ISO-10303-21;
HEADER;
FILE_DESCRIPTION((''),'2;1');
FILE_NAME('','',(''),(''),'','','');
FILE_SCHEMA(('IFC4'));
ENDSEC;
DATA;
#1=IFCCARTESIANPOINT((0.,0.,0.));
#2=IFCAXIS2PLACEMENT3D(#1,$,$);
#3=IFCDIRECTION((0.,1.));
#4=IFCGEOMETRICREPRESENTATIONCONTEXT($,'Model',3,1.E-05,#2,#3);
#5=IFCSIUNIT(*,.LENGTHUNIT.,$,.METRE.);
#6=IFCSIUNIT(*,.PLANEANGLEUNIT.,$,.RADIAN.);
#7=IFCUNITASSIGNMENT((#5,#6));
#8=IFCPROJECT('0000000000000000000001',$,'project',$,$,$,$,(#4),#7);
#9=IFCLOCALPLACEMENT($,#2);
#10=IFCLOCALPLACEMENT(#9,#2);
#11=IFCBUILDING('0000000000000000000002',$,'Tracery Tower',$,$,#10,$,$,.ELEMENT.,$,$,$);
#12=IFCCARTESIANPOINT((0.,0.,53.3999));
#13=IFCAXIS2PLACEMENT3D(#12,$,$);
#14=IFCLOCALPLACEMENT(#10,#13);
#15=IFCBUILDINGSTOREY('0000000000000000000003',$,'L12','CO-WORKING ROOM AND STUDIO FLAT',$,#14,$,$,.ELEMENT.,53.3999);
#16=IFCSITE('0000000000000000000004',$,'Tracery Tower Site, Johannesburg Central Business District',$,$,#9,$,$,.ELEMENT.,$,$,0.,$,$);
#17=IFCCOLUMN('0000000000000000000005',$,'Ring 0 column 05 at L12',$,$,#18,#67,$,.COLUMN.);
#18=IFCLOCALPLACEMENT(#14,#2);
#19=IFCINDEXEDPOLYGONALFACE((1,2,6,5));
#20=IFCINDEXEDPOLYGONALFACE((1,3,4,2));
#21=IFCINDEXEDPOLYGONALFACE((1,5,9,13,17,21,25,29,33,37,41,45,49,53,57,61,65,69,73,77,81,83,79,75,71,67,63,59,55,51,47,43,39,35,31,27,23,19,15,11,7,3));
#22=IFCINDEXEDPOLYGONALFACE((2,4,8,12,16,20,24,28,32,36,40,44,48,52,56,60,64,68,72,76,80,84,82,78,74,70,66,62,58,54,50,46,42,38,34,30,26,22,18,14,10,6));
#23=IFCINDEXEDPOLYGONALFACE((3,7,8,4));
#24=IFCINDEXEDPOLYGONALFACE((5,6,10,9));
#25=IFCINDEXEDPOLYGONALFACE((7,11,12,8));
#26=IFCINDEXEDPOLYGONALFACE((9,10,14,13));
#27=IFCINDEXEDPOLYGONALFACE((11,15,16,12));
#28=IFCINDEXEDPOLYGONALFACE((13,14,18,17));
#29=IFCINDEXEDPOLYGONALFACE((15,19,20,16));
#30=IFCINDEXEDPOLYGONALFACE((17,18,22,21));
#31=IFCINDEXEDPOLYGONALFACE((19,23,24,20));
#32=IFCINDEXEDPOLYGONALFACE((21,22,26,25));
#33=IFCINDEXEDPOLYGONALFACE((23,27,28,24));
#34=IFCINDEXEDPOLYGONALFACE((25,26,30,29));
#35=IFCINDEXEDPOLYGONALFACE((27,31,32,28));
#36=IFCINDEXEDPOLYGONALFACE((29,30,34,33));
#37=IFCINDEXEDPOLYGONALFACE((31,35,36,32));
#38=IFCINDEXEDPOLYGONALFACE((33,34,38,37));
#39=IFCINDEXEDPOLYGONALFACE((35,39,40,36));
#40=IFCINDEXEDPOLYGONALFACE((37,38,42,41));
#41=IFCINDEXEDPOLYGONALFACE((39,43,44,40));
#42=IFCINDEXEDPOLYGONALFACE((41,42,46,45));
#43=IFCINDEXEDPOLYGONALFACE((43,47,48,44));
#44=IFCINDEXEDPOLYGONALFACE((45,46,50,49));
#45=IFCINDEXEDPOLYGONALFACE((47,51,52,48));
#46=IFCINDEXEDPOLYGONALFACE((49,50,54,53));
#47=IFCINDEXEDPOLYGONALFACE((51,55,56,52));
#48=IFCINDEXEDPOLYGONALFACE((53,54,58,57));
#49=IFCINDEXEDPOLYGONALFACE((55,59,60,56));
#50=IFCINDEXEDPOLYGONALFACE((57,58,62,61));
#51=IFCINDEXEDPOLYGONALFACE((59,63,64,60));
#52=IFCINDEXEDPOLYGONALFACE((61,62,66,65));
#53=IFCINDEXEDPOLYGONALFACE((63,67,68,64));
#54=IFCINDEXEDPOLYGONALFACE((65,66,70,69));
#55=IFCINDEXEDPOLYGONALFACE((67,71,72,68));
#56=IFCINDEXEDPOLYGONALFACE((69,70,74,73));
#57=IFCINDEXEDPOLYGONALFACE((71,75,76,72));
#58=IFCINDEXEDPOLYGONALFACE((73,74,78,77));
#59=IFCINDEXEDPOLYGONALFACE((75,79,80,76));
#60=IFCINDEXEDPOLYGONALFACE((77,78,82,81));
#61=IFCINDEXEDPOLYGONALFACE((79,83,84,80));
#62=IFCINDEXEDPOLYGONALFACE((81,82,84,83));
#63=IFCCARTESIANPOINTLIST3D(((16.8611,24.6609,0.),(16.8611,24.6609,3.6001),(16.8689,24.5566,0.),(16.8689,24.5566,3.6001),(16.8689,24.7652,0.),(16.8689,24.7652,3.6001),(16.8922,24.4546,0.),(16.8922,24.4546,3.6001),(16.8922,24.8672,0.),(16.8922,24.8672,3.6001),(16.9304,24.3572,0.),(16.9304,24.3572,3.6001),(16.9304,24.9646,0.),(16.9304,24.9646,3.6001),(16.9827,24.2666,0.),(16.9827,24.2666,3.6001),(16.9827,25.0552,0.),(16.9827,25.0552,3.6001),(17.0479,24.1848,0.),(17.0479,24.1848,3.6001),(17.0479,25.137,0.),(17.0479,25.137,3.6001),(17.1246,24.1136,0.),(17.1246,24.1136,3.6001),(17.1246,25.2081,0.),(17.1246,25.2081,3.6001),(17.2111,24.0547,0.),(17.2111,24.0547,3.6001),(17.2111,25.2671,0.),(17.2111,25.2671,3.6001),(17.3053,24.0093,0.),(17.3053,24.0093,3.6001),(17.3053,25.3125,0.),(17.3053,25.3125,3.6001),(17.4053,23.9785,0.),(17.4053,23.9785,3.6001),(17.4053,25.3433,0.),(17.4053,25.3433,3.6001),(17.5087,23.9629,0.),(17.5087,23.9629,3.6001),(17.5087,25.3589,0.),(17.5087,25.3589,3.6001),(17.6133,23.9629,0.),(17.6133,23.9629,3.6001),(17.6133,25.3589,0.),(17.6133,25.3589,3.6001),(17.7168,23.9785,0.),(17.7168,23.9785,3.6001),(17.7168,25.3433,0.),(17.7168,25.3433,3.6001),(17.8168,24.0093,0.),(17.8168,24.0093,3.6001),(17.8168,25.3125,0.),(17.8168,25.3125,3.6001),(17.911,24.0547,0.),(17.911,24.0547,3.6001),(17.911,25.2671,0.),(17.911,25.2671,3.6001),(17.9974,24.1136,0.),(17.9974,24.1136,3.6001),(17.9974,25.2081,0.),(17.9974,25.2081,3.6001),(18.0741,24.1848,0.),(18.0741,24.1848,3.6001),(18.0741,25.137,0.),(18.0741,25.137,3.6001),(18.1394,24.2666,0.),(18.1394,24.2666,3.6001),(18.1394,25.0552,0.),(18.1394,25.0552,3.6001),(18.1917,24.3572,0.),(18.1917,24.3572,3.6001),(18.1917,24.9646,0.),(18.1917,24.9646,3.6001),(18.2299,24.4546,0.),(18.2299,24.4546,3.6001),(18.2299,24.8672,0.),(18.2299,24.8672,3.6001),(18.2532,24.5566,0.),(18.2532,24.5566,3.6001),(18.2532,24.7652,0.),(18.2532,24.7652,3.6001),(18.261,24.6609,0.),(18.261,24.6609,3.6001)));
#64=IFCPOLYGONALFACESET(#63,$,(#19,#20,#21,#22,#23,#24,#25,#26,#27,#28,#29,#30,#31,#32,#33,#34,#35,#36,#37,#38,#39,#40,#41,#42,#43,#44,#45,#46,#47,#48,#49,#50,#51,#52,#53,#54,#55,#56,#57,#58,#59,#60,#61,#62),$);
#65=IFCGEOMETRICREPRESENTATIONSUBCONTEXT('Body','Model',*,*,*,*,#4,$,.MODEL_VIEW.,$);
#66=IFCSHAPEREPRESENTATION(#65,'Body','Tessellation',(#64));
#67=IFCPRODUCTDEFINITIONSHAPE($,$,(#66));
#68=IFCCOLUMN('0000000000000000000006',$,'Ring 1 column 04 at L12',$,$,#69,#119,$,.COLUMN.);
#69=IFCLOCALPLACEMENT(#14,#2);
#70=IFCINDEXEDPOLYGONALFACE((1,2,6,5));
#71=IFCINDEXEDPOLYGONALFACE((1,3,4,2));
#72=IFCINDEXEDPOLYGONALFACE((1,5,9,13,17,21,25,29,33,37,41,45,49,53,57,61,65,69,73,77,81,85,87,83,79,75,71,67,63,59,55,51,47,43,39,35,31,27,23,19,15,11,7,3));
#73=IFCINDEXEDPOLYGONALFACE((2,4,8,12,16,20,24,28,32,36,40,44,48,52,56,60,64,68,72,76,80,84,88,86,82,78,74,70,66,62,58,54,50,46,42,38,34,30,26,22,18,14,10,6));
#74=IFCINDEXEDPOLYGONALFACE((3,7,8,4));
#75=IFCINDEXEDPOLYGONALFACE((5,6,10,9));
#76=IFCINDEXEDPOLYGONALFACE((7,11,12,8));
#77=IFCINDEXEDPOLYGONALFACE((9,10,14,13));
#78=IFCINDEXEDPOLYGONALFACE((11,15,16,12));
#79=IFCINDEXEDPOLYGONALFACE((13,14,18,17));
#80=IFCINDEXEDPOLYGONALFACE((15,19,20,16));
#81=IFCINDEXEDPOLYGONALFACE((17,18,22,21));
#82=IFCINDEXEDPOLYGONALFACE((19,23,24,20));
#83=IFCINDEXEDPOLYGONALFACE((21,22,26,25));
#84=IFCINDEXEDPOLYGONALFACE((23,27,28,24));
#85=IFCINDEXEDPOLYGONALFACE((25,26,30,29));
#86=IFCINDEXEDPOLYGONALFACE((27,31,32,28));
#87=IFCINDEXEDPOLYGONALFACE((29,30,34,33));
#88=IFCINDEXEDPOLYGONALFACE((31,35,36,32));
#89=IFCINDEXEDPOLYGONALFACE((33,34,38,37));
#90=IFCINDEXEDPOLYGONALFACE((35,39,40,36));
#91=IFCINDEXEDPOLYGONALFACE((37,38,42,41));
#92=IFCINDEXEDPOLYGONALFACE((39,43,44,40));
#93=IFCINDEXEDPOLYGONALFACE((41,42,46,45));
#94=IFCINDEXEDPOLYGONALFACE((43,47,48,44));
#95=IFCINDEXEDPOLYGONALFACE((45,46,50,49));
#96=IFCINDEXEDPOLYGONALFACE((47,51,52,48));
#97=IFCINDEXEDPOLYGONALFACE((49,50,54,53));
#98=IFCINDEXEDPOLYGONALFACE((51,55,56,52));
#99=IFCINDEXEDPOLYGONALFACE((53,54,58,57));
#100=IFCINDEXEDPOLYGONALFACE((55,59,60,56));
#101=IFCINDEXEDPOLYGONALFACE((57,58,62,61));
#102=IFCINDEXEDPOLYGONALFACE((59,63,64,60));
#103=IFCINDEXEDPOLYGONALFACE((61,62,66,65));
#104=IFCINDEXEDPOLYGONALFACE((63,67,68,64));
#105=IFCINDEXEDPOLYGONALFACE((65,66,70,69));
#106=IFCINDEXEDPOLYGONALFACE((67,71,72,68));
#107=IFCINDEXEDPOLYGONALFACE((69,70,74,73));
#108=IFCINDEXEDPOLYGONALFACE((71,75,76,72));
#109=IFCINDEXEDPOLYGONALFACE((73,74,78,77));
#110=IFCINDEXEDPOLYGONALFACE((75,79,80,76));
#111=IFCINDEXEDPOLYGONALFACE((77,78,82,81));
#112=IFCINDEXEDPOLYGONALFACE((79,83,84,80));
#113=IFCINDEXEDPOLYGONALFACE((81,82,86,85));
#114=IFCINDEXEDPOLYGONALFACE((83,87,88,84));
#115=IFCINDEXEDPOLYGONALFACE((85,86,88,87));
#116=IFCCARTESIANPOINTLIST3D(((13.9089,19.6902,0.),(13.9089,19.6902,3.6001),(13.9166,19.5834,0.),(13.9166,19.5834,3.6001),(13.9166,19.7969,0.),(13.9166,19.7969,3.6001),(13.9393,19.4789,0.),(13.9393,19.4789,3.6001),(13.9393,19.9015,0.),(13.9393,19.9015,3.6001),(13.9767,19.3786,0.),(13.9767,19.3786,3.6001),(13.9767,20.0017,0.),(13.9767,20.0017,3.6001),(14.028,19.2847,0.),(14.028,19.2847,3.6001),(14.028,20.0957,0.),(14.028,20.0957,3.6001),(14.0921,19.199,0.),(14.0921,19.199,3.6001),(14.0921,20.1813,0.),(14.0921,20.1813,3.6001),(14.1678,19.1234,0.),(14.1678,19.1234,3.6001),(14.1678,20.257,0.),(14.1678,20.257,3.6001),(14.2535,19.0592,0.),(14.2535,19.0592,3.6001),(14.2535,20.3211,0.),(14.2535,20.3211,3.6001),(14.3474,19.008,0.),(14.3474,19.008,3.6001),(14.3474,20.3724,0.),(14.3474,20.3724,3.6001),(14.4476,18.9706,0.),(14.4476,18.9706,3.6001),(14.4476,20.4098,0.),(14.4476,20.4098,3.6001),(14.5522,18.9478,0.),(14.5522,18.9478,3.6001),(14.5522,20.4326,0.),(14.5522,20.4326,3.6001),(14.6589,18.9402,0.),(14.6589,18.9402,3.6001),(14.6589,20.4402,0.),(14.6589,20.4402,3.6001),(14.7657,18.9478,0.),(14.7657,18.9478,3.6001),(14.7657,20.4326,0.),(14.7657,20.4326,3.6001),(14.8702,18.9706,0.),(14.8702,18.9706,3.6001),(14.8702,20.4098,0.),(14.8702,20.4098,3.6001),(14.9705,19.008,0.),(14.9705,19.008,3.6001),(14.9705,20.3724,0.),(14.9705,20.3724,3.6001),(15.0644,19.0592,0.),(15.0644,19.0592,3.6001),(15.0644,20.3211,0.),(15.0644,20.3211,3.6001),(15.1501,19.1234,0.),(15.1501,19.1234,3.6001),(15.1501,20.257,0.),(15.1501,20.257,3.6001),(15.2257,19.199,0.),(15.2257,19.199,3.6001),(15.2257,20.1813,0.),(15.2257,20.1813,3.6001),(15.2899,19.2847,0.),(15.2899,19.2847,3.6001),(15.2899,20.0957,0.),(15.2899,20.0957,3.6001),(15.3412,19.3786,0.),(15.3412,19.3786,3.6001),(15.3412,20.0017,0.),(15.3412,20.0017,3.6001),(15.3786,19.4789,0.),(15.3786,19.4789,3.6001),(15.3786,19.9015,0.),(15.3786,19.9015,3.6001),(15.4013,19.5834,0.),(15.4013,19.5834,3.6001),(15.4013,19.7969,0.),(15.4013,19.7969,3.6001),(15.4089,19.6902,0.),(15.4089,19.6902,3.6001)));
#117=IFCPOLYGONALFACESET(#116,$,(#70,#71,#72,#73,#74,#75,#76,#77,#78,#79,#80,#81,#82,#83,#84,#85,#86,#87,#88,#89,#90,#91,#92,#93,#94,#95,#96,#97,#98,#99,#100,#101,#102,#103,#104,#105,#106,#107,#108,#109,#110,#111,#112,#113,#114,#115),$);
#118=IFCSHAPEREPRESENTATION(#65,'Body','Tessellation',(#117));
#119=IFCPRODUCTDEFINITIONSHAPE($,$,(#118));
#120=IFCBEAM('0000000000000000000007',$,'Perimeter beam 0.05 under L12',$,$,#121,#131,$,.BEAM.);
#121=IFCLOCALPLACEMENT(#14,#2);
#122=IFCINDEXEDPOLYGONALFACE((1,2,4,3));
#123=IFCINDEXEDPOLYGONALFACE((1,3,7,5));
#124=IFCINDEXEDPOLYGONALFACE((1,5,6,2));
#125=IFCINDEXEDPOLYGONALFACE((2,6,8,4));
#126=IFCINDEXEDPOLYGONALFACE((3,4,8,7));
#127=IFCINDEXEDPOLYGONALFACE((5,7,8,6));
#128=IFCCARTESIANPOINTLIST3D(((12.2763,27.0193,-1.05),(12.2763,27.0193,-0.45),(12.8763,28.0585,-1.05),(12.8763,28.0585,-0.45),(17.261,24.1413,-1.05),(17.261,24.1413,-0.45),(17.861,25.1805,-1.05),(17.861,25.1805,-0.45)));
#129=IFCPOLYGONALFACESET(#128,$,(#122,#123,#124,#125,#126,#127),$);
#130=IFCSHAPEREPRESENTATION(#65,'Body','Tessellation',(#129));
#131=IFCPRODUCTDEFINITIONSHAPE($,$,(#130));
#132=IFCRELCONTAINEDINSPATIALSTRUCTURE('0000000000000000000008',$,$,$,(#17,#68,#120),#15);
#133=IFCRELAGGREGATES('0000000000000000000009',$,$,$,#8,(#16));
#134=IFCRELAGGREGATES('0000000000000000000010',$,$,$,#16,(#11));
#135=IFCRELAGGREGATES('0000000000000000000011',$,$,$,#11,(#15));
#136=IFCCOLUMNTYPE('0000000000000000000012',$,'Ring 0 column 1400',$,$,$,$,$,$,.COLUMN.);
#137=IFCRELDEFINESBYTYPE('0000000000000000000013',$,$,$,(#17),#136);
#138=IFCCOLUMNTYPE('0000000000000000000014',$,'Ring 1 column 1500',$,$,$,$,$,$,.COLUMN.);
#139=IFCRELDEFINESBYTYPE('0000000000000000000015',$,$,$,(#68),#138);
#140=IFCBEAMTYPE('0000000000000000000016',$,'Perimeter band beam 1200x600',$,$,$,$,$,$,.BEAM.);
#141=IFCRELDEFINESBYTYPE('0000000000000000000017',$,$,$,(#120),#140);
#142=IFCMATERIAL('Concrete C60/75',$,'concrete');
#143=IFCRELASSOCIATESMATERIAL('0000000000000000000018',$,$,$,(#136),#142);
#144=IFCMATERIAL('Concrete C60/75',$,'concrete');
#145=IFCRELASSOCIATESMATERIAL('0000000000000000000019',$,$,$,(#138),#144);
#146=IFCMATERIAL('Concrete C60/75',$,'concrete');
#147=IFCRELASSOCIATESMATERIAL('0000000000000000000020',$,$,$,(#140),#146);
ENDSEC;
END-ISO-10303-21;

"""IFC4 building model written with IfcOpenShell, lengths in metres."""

from ifc_helpers import new_model, si_unit, direction, frame, origin, origin_2d, place, context, subcontext, project, spatial, rectangle, circle, extrude, material, material_profile, profile_set, type_object, element, save


model = new_model("IFC4")

# Units and contexts
model_context = context("Model", 3, precision=1e-05, world=origin(), true_north=direction((0.0, 1.0)))
body_context = subcontext(model_context, "Body", "Model", "MODEL_VIEW")
ifc_project = project(units=[si_unit("LENGTHUNIT", "METRE"), si_unit("PLANEANGLEUNIT", "RADIAN")], contexts=[model_context])

# Site, building, storey
site_placement = place(None, origin())
site = spatial("IfcSite", under=ifc_project, at=site_placement, Name="Tracery Tower Site, Johannesburg Central Business District", CompositionType="ELEMENT", RefElevation=0.0)
building_placement = place(site_placement, origin())
building = spatial("IfcBuilding", under=site, at=building_placement, Name="Tracery Tower", CompositionType="ELEMENT")
storey_placement = place(building_placement, frame((0.0, 0.0, 53.3999)))
storey = spatial("IfcBuildingStorey", under=building, at=storey_placement, Name="L12", Description="CO-WORKING ROOM AND STUDIO FLAT", CompositionType="ELEMENT", Elevation=53.3999)

# Columns
ifc_material_1 = material(Name="Concrete C60/75", Category="concrete")
ifc_material_profile_1 = material_profile(ifc_material_1, circle(Radius=0.7, at=origin_2d()), Name="RC D1400")
ifc_profile_set_1 = profile_set([ifc_material_profile_1], Name="Concrete C60/75")
column_type_1 = type_object("IfcColumnType", Name="Ring 0 column 1400", PredefinedType="COLUMN", material=ifc_profile_set_1)
column_1_placement = place(storey_placement, frame((17.561, 24.6609, 0.0), z_axis=(0.0, 0.0, 1.0), x_axis=(1.0, 0.0, 0.0)))
element("IfcColumn", 1, at=column_1_placement, inside=storey, type_object=column_type_1, Name="Ring 0 column 05 at L12", PredefinedType="COLUMN", context=body_context, shape_type="SweptSolid", body=[
    extrude(circle(Radius=0.7, at=origin_2d()), origin(), (0.0, 0.0, 1.0), 3.6001),
])
ifc_material_2 = material(Name="Concrete C60/75", Category="concrete")
ifc_material_profile_2 = material_profile(ifc_material_2, circle(Radius=0.75, at=origin_2d()), Name="RC D1500")
ifc_profile_set_2 = profile_set([ifc_material_profile_2], Name="Concrete C60/75")
column_type_2 = type_object("IfcColumnType", Name="Ring 1 column 1500", PredefinedType="COLUMN", material=ifc_profile_set_2)
column_2_placement = place(storey_placement, frame((14.6589, 19.6902, 0.0), z_axis=(0.0, 0.0, 1.0), x_axis=(1.0, 0.0, 0.0)))
element("IfcColumn", 2, at=column_2_placement, inside=storey, type_object=column_type_2, Name="Ring 1 column 04 at L12", PredefinedType="COLUMN", context=body_context, shape_type="SweptSolid", body=[
    extrude(circle(Radius=0.75, at=origin_2d()), origin(), (0.0, 0.0, 1.0), 3.6001),
])

# Beam
ifc_material_3 = material(Name="Concrete C60/75", Category="concrete")
ifc_material_profile_3 = material_profile(ifc_material_3, rectangle(XDim=1.2, YDim=0.6001, at=origin_2d()), Name="RC 1200x600")
ifc_profile_set_3 = profile_set([ifc_material_profile_3], Name="Concrete C60/75")
beam_type = type_object("IfcBeamType", Name="Perimeter band beam 1200x600", PredefinedType="BEAM", material=ifc_profile_set_3)
beam_placement = place(storey_placement, frame((17.561, 24.6609, -0.75), z_axis=(-0.866021, 0.500008, 0.0), x_axis=(-0.500008, -0.866021, 0.0)))
element("IfcBeam", 3, at=beam_placement, inside=storey, type_object=beam_type, Name="Perimeter beam 0.05 under L12", PredefinedType="BEAM", context=body_context, shape_type="SweptSolid", body=[
    extrude(rectangle(XDim=1.2, YDim=0.6001, at=origin_2d()), origin(), (0.0, 0.0, 1.0), 5.7559),
])

save(model, "model.ifc")
